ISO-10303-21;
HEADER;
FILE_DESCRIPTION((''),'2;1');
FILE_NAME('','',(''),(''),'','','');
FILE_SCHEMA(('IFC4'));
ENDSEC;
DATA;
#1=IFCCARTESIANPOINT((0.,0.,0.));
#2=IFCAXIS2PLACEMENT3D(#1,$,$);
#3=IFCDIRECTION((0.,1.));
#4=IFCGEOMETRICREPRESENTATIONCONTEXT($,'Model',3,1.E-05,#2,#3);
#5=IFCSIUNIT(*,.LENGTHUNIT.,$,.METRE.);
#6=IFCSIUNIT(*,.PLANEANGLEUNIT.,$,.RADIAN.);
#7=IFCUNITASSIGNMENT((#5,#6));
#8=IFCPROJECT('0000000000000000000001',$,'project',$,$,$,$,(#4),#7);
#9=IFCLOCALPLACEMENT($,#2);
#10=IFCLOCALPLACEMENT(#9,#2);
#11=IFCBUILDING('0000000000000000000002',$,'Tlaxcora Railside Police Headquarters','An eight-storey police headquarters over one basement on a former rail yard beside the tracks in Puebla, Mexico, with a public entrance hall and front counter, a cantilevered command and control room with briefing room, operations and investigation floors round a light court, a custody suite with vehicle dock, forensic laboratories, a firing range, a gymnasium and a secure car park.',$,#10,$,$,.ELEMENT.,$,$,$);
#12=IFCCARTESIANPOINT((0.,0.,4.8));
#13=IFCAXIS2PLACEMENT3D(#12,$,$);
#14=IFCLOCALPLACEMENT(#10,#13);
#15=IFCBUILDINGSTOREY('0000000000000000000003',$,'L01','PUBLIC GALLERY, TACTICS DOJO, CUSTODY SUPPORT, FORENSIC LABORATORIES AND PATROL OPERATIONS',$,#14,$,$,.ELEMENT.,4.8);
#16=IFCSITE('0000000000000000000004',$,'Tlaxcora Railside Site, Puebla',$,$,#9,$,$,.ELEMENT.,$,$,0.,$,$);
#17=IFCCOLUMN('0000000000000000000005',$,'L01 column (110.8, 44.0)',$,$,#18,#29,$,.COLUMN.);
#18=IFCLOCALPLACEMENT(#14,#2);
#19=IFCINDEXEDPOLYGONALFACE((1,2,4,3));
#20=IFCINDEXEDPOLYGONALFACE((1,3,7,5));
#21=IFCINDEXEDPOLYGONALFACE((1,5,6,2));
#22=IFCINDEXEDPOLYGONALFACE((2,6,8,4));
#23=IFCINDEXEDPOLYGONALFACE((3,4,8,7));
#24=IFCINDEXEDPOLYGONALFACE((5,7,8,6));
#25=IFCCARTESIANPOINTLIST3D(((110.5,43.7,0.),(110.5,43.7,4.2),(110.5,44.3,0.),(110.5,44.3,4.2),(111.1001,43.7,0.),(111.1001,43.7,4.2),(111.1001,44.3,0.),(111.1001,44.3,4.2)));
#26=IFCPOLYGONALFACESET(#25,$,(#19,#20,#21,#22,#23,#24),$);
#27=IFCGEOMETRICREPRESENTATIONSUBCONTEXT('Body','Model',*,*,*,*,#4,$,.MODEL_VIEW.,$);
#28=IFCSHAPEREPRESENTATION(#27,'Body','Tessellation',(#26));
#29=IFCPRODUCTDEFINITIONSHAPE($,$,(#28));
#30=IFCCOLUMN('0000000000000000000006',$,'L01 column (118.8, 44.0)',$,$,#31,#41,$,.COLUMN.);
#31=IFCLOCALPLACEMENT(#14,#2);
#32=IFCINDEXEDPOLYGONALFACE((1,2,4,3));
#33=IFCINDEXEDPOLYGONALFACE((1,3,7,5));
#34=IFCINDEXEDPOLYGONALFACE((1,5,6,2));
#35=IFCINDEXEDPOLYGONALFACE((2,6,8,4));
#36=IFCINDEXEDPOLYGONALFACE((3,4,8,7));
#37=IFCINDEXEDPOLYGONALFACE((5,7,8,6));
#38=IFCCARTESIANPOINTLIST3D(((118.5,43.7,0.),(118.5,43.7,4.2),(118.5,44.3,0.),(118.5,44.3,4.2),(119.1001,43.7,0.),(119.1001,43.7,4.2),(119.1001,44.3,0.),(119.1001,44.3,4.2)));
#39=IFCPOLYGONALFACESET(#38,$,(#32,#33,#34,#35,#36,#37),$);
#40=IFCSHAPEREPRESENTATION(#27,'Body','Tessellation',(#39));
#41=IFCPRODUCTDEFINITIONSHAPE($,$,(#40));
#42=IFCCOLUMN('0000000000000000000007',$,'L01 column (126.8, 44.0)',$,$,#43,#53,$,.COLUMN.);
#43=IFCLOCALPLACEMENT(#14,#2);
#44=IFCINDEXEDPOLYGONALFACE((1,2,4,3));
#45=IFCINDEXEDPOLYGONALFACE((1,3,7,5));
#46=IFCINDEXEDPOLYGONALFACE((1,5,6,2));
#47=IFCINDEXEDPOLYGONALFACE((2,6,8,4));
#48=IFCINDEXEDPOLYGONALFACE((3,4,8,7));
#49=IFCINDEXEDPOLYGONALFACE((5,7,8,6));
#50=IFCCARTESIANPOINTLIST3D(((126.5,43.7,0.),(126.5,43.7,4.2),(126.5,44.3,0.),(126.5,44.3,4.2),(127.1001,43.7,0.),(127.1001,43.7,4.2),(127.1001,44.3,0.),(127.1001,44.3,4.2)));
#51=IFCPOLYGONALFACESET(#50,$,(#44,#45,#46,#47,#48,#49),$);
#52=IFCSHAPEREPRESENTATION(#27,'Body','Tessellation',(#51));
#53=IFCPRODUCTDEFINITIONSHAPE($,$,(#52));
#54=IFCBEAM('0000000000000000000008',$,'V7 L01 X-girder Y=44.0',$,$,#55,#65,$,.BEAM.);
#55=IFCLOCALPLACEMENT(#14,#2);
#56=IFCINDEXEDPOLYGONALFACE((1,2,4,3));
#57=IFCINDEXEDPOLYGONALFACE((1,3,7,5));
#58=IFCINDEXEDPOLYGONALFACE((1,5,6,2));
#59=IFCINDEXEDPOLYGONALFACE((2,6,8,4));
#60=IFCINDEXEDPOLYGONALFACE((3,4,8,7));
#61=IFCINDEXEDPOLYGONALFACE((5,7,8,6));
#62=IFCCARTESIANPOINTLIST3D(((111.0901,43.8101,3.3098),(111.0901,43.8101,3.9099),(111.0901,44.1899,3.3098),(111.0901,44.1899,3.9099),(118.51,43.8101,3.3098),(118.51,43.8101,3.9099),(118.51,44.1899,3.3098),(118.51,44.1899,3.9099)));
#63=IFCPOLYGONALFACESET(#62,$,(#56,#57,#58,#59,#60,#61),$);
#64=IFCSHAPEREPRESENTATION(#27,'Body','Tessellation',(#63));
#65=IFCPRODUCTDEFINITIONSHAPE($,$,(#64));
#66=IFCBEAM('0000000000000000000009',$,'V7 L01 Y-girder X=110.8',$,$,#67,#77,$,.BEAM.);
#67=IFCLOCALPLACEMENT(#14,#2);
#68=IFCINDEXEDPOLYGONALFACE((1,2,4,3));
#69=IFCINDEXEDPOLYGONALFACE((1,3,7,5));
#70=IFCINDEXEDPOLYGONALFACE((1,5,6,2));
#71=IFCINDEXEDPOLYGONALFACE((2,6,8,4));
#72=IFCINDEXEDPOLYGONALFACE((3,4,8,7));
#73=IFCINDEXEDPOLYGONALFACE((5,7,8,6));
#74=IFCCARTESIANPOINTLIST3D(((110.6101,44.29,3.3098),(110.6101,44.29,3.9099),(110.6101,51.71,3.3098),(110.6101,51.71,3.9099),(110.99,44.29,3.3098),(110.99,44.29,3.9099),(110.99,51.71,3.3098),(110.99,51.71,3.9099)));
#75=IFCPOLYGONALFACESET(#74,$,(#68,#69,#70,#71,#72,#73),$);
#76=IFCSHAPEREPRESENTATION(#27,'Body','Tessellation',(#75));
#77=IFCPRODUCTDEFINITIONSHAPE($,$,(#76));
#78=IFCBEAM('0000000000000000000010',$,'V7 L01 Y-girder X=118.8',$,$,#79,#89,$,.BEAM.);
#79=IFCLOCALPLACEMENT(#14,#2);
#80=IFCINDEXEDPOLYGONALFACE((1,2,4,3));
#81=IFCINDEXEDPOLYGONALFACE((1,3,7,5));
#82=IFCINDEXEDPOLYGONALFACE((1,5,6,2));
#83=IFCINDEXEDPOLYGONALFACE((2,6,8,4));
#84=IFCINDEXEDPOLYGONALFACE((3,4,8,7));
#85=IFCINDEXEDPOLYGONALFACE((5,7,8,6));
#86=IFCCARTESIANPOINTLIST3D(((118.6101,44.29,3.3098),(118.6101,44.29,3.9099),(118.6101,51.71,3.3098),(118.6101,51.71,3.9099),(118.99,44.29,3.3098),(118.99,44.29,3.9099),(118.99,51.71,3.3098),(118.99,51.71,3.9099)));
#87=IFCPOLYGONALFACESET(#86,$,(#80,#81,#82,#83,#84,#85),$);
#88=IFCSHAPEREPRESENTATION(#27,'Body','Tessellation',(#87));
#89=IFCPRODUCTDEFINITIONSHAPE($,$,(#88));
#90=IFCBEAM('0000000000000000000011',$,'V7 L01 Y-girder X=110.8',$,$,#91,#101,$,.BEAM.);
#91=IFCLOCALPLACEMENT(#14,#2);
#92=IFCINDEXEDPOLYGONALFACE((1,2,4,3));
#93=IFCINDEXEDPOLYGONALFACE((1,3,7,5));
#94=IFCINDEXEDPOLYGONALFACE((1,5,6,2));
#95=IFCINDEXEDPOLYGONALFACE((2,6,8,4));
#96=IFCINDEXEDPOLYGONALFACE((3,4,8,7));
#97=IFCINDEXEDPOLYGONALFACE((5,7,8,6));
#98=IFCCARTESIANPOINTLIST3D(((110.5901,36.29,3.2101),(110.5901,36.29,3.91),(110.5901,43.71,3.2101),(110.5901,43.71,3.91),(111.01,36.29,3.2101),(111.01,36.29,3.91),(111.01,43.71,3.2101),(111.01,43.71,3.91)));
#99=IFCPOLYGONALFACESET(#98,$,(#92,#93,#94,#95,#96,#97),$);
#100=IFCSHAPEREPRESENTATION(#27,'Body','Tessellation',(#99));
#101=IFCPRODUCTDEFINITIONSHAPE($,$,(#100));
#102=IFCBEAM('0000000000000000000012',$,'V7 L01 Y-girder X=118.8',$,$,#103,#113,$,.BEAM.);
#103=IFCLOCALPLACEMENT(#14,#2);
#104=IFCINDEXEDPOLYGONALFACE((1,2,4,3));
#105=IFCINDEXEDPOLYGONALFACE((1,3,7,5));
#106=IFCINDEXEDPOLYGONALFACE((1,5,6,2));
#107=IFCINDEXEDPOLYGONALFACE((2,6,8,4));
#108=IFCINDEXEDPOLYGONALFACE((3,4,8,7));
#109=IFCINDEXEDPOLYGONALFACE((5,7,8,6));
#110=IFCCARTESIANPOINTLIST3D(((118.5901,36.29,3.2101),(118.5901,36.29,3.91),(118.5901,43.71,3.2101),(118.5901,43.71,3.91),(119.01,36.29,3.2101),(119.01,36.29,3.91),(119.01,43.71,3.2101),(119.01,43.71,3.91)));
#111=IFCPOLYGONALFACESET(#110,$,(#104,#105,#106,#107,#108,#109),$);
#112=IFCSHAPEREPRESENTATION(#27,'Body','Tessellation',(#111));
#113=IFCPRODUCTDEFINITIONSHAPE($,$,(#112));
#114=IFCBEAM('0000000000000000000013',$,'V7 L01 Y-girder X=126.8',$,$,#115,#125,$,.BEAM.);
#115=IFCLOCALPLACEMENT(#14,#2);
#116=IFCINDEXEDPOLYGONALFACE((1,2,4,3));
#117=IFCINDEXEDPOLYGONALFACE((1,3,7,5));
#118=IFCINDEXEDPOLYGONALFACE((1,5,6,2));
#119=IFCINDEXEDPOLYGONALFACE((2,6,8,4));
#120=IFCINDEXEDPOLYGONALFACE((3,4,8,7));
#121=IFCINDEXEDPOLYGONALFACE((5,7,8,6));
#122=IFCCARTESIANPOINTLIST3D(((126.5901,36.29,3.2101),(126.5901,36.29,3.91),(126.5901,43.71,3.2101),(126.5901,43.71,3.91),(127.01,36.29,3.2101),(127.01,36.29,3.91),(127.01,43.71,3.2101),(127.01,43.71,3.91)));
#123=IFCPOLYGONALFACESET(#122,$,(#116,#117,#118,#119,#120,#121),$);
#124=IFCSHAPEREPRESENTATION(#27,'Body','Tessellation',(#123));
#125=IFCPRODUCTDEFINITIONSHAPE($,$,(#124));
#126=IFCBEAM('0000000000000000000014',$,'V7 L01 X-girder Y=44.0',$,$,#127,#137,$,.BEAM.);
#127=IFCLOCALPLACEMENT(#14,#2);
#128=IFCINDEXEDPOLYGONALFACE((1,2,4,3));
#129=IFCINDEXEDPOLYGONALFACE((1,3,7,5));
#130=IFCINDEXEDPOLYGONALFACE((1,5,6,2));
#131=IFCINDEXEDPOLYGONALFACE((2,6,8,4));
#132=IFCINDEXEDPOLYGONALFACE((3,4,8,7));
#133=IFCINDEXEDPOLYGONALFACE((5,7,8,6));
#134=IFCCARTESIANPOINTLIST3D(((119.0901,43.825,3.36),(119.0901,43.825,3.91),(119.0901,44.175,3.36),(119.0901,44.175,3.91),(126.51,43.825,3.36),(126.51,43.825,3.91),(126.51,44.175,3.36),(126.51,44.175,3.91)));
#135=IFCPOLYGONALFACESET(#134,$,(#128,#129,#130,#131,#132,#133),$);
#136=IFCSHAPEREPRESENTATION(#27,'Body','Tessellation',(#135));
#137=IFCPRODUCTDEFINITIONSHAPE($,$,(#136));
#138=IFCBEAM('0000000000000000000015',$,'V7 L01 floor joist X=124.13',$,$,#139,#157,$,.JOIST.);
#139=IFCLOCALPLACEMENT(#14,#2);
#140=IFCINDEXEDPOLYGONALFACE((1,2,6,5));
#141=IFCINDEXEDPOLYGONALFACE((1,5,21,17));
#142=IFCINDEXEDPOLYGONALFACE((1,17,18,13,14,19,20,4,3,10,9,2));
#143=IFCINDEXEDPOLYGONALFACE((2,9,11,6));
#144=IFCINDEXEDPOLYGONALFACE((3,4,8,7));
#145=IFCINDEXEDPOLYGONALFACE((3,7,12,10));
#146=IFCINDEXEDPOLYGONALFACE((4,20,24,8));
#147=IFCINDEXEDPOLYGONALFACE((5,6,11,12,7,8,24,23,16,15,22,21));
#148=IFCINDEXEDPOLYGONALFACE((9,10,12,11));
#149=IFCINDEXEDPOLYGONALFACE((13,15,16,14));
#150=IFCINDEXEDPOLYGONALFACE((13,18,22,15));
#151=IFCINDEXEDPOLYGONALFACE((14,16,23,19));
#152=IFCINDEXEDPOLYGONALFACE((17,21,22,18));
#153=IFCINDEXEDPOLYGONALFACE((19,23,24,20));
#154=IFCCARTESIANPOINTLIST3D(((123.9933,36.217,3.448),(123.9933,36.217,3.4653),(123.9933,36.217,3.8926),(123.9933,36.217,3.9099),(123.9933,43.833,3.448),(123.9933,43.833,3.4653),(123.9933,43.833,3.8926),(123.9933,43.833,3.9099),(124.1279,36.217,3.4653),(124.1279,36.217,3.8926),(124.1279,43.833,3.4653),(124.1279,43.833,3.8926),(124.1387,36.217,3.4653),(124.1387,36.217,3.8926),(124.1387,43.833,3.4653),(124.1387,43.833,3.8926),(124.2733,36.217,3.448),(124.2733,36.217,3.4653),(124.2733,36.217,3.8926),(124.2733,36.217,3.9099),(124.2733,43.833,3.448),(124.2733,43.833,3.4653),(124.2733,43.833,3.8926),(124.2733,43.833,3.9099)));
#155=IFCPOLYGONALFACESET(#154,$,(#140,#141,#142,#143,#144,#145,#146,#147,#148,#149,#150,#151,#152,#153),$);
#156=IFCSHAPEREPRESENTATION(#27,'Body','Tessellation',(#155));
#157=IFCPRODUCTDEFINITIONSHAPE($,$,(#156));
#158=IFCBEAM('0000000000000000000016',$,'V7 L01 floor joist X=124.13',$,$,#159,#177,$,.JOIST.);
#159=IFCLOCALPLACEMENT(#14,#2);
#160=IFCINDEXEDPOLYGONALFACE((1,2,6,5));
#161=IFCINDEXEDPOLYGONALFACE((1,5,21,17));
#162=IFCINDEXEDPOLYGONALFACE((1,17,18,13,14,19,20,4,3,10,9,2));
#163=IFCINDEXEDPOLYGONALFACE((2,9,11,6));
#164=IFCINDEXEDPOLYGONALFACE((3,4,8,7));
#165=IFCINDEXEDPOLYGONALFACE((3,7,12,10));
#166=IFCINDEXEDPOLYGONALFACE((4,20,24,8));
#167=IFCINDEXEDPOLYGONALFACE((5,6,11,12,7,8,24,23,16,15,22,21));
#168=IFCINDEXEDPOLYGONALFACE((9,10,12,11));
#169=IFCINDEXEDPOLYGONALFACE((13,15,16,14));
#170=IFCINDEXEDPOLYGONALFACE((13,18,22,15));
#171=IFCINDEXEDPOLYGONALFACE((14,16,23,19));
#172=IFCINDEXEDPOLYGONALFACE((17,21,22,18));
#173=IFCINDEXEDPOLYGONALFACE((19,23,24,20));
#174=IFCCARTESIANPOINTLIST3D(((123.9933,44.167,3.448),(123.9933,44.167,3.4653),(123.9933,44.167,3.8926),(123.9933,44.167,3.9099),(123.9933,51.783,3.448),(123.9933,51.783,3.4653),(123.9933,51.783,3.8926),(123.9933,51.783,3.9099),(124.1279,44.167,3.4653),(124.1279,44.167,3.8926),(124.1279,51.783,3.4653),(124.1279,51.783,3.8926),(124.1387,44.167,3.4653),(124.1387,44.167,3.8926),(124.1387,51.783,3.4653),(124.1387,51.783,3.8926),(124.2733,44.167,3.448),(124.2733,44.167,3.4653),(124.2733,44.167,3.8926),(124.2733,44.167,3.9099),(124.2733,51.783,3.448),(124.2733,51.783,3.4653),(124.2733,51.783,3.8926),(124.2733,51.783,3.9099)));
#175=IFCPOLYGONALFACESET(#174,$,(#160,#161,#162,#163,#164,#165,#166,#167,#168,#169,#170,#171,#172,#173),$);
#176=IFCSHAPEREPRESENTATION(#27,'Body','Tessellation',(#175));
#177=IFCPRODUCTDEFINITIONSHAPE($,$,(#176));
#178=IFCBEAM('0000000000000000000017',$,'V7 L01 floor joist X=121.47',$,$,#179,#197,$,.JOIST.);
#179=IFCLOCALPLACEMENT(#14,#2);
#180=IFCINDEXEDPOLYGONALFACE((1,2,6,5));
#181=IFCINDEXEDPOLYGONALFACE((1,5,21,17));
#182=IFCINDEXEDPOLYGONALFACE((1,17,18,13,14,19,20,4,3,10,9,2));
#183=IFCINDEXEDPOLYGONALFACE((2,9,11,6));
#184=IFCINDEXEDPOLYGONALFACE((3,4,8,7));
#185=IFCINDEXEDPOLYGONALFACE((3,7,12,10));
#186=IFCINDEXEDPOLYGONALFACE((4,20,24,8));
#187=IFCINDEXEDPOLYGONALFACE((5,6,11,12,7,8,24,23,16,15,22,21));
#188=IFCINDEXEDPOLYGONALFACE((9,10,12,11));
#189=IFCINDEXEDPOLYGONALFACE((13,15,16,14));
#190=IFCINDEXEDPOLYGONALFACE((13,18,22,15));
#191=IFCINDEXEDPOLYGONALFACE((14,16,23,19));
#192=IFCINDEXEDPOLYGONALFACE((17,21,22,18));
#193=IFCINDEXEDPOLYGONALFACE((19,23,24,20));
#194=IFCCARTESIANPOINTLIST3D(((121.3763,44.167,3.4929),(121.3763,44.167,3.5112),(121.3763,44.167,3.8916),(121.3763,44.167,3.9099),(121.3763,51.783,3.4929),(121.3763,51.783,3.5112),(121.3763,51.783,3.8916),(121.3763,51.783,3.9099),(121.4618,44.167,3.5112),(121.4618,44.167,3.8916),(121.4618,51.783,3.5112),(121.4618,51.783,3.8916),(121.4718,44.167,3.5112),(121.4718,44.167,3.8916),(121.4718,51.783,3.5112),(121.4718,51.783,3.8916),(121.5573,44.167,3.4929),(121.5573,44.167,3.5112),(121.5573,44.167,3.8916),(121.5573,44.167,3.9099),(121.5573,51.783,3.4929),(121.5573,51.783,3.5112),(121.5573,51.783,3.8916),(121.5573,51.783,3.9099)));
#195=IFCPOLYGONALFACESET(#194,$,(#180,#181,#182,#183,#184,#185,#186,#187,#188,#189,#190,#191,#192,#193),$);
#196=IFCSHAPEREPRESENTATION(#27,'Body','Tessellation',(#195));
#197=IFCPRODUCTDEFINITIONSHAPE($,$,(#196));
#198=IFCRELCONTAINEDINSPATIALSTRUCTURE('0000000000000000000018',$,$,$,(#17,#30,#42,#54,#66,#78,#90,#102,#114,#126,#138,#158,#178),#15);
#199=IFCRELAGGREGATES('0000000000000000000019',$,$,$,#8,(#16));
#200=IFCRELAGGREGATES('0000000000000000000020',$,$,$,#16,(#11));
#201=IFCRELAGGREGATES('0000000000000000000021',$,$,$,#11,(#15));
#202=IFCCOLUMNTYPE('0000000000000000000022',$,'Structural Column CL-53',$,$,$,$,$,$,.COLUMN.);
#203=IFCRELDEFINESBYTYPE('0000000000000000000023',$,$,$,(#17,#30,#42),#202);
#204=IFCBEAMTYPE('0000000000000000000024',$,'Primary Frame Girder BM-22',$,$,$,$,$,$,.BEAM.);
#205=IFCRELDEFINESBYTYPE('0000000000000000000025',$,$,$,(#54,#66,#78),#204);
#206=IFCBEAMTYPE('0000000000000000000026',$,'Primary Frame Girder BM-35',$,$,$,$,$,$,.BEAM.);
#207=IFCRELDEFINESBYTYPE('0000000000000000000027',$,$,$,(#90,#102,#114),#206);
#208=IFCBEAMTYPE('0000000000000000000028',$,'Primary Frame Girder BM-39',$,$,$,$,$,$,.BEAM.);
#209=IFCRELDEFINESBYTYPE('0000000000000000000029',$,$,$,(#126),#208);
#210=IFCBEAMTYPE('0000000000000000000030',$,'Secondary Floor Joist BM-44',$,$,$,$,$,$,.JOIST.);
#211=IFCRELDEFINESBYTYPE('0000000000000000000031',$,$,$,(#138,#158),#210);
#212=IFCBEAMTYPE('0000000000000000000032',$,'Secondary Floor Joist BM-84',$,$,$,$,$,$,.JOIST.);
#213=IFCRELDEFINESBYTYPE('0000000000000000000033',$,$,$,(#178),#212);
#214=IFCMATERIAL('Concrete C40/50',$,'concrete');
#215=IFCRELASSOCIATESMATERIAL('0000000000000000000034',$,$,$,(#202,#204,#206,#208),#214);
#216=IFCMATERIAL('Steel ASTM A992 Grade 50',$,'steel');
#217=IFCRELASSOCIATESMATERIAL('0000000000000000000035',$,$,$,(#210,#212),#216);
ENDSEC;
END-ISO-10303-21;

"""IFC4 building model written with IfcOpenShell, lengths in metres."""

from ifc_helpers import new_model, si_unit, direction, frame, origin, origin_2d, place, context, subcontext, project, spatial, rectangle, i_section, extrude, material, material_profile, profile_set, type_object, element, save


model = new_model("IFC4")

# Units and contexts
model_context = context("Model", 3, precision=1e-05, world=origin(), true_north=direction((0.0, 1.0)))
body_context = subcontext(model_context, "Body", "Model", "MODEL_VIEW")
ifc_project = project(units=[si_unit("LENGTHUNIT", "METRE"), si_unit("PLANEANGLEUNIT", "RADIAN")], contexts=[model_context])

# Site, building, storey
site_placement = place(None, origin())
site = spatial("IfcSite", under=ifc_project, at=site_placement, Name="Tlaxcora Railside Site, Puebla", CompositionType="ELEMENT", RefElevation=0.0)
building_placement = place(site_placement, origin())
building = spatial("IfcBuilding", under=site, at=building_placement, Name="Tlaxcora Railside Police Headquarters", Description="An eight-storey police headquarters over one basement on a former rail yard beside the tracks in Puebla, Mexico, with a public entrance hall and front counter, a cantilevered command and control room with briefing room, operations and investigation floors round a light court, a custody suite with vehicle dock, forensic laboratories, a firing range, a gymnasium and a secure car park.", CompositionType="ELEMENT")
storey_placement = place(building_placement, frame((0.0, 0.0, 4.8)))
storey = spatial("IfcBuildingStorey", under=building, at=storey_placement, Name="L01", Description="PUBLIC GALLERY, TACTICS DOJO, CUSTODY SUPPORT, FORENSIC LABORATORIES AND PATROL OPERATIONS", CompositionType="ELEMENT", Elevation=4.8)

# Columns
ifc_material_1 = material(Name="Concrete C40/50", Category="concrete")
ifc_material_profile_1 = material_profile(ifc_material_1, rectangle(XDim=0.6001, YDim=0.6001, at=origin_2d()), Name="RC600X600")
ifc_profile_set_1 = profile_set([ifc_material_profile_1], Name="Concrete C40/50")
column_type = type_object("IfcColumnType", Name="Structural Column CL-53", PredefinedType="COLUMN", material=ifc_profile_set_1)
for number, where, z_axis, x_axis, name in (
    (1, (110.8, 44.0, 0.0), (0.0, 0.0, 1.0), (1.0, 0.0, 0.0), "L01 column (110.8, 44.0)"),
    (2, (118.8, 44.0, 0.0), (0.0, 0.0, 1.0), (1.0, 0.0, 0.0), "L01 column (118.8, 44.0)"),
    (3, (126.8, 44.0, 0.0), (0.0, 0.0, 1.0), (1.0, 0.0, 0.0), "L01 column (126.8, 44.0)"),
):
    element("IfcColumn", number, at=place(storey_placement, frame(where, z_axis=z_axis, x_axis=x_axis)), inside=storey, type_object=column_type, Name=name, PredefinedType="COLUMN", context=body_context, shape_type="SweptSolid", body=[
        extrude(rectangle(XDim=0.6001, YDim=0.6001, at=origin_2d()), origin(), (0.0, 0.0, 1.0), 4.2),
    ])

# Beams
ifc_material_profile_2 = material_profile(ifc_material_1, rectangle(XDim=0.3799, YDim=0.6001, at=origin_2d()), Name="RC380X600")
ifc_profile_set_2 = profile_set([ifc_material_profile_2], Name="Concrete C40/50")
beam_type_1 = type_object("IfcBeamType", Name="Primary Frame Girder BM-22", PredefinedType="BEAM", material=ifc_profile_set_2)
for number, where, z_axis, x_axis, name in (
    (4, (111.0901, 44.0, 3.6099), (1.0, 0.0, 0.0), (0.0, 1.0, 0.0), "V7 L01 X-girder Y=44.0"),
    (5, (110.8, 44.29, 3.6099), (0.0, 1.0, 0.0), (-1.0, 0.0, 0.0), "V7 L01 Y-girder X=110.8"),
    (6, (118.8, 44.29, 3.6099), (0.0, 1.0, 0.0), (-1.0, 0.0, 0.0), "V7 L01 Y-girder X=118.8"),
):
    element("IfcBeam", number, at=place(storey_placement, frame(where, z_axis=z_axis, x_axis=x_axis)), inside=storey, type_object=beam_type_1, Name=name, PredefinedType="BEAM", context=body_context, shape_type="SweptSolid", body=[
        extrude(rectangle(XDim=0.3799, YDim=0.6001, at=origin_2d()), origin(), (0.0, 0.0, 1.0), 7.4199),
    ])
ifc_material_profile_3 = material_profile(ifc_material_1, rectangle(XDim=0.4199, YDim=0.7, at=origin_2d()), Name="RC420X700")
ifc_profile_set_3 = profile_set([ifc_material_profile_3], Name="Concrete C40/50")
beam_type_2 = type_object("IfcBeamType", Name="Primary Frame Girder BM-35", PredefinedType="BEAM", material=ifc_profile_set_3)
for number, where, z_axis, x_axis, name in (
    (7, (110.8, 36.29, 3.5601), (0.0, 1.0, 0.0), (-1.0, 0.0, 0.0), "V7 L01 Y-girder X=110.8"),
    (8, (118.8, 36.29, 3.5601), (0.0, 1.0, 0.0), (-1.0, 0.0, 0.0), "V7 L01 Y-girder X=118.8"),
    (9, (126.8, 36.29, 3.5601), (0.0, 1.0, 0.0), (-1.0, 0.0, 0.0), "V7 L01 Y-girder X=126.8"),
):
    element("IfcBeam", number, at=place(storey_placement, frame(where, z_axis=z_axis, x_axis=x_axis)), inside=storey, type_object=beam_type_2, Name=name, PredefinedType="BEAM", context=body_context, shape_type="SweptSolid", body=[
        extrude(rectangle(XDim=0.4199, YDim=0.7, at=origin_2d()), origin(), (0.0, 0.0, 1.0), 7.4199),
    ])
ifc_material_profile_4 = material_profile(ifc_material_1, rectangle(XDim=0.3501, YDim=0.55, at=origin_2d()), Name="RC350X550")
ifc_profile_set_4 = profile_set([ifc_material_profile_4], Name="Concrete C40/50")
beam_type_3 = type_object("IfcBeamType", Name="Primary Frame Girder BM-39", PredefinedType="BEAM", material=ifc_profile_set_4)
beam_1_placement = place(storey_placement, frame((119.0901, 44.0, 3.635), z_axis=(1.0, 0.0, 0.0), x_axis=(0.0, 1.0, 0.0)))
element("IfcBeam", 10, at=beam_1_placement, inside=storey, type_object=beam_type_3, Name="V7 L01 X-girder Y=44.0", PredefinedType="BEAM", context=body_context, shape_type="SweptSolid", body=[
    extrude(rectangle(XDim=0.3501, YDim=0.55, at=origin_2d()), origin(), (0.0, 0.0, 1.0), 7.4199),
])
ifc_material_2 = material(Name="Steel ASTM A992 Grade 50", Category="steel")
ifc_material_profile_5 = material_profile(ifc_material_2, i_section(OverallWidth=0.28, OverallDepth=0.4619, WebThickness=0.0107, FlangeThickness=0.0173, at=origin_2d()), Name="W18X76")
ifc_profile_set_5 = profile_set([ifc_material_profile_5], Name="Steel ASTM A992 Grade 50")
beam_type_4 = type_object("IfcBeamType", Name="Secondary Floor Joist BM-44", PredefinedType="JOIST", material=ifc_profile_set_5)
for number, where, z_axis, x_axis, name in (
    (11, (124.1333, 36.217, 3.679), (0.0, 1.0, 0.0), (-1.0, 0.0, 0.0), "V7 L01 floor joist X=124.13"),
    (12, (124.1333, 44.167, 3.679), (0.0, 1.0, 0.0), (-1.0, 0.0, 0.0), "V7 L01 floor joist X=124.13"),
):
    element("IfcBeam", number, at=place(storey_placement, frame(where, z_axis=z_axis, x_axis=x_axis)), inside=storey, type_object=beam_type_4, Name=name, PredefinedType="JOIST", context=body_context, shape_type="SweptSolid", body=[
        extrude(i_section(OverallWidth=0.28, OverallDepth=0.4619, WebThickness=0.0107, FlangeThickness=0.0173, at=origin_2d()), origin(), (0.0, 0.0, 1.0), 7.616),
    ])
ifc_material_profile_6 = material_profile(ifc_material_2, i_section(OverallWidth=0.1809, OverallDepth=0.417, WebThickness=0.01, FlangeThickness=0.0183, at=origin_2d()), Name="W16X57")
ifc_profile_set_6 = profile_set([ifc_material_profile_6], Name="Steel ASTM A992 Grade 50")
beam_type_5 = type_object("IfcBeamType", Name="Secondary Floor Joist BM-84", PredefinedType="JOIST", material=ifc_profile_set_6)
beam_2_placement = place(storey_placement, frame((121.4668, 44.167, 3.7014), z_axis=(0.0, 1.0, 0.0), x_axis=(-1.0, 0.0, 0.0)))
element("IfcBeam", 13, at=beam_2_placement, inside=storey, type_object=beam_type_5, Name="V7 L01 floor joist X=121.47", PredefinedType="JOIST", context=body_context, shape_type="SweptSolid", body=[
    extrude(i_section(OverallWidth=0.1809, OverallDepth=0.417, WebThickness=0.01, FlangeThickness=0.0183, at=origin_2d()), origin(), (0.0, 0.0, 1.0), 7.616),
])

save(model, "model.ifc")
